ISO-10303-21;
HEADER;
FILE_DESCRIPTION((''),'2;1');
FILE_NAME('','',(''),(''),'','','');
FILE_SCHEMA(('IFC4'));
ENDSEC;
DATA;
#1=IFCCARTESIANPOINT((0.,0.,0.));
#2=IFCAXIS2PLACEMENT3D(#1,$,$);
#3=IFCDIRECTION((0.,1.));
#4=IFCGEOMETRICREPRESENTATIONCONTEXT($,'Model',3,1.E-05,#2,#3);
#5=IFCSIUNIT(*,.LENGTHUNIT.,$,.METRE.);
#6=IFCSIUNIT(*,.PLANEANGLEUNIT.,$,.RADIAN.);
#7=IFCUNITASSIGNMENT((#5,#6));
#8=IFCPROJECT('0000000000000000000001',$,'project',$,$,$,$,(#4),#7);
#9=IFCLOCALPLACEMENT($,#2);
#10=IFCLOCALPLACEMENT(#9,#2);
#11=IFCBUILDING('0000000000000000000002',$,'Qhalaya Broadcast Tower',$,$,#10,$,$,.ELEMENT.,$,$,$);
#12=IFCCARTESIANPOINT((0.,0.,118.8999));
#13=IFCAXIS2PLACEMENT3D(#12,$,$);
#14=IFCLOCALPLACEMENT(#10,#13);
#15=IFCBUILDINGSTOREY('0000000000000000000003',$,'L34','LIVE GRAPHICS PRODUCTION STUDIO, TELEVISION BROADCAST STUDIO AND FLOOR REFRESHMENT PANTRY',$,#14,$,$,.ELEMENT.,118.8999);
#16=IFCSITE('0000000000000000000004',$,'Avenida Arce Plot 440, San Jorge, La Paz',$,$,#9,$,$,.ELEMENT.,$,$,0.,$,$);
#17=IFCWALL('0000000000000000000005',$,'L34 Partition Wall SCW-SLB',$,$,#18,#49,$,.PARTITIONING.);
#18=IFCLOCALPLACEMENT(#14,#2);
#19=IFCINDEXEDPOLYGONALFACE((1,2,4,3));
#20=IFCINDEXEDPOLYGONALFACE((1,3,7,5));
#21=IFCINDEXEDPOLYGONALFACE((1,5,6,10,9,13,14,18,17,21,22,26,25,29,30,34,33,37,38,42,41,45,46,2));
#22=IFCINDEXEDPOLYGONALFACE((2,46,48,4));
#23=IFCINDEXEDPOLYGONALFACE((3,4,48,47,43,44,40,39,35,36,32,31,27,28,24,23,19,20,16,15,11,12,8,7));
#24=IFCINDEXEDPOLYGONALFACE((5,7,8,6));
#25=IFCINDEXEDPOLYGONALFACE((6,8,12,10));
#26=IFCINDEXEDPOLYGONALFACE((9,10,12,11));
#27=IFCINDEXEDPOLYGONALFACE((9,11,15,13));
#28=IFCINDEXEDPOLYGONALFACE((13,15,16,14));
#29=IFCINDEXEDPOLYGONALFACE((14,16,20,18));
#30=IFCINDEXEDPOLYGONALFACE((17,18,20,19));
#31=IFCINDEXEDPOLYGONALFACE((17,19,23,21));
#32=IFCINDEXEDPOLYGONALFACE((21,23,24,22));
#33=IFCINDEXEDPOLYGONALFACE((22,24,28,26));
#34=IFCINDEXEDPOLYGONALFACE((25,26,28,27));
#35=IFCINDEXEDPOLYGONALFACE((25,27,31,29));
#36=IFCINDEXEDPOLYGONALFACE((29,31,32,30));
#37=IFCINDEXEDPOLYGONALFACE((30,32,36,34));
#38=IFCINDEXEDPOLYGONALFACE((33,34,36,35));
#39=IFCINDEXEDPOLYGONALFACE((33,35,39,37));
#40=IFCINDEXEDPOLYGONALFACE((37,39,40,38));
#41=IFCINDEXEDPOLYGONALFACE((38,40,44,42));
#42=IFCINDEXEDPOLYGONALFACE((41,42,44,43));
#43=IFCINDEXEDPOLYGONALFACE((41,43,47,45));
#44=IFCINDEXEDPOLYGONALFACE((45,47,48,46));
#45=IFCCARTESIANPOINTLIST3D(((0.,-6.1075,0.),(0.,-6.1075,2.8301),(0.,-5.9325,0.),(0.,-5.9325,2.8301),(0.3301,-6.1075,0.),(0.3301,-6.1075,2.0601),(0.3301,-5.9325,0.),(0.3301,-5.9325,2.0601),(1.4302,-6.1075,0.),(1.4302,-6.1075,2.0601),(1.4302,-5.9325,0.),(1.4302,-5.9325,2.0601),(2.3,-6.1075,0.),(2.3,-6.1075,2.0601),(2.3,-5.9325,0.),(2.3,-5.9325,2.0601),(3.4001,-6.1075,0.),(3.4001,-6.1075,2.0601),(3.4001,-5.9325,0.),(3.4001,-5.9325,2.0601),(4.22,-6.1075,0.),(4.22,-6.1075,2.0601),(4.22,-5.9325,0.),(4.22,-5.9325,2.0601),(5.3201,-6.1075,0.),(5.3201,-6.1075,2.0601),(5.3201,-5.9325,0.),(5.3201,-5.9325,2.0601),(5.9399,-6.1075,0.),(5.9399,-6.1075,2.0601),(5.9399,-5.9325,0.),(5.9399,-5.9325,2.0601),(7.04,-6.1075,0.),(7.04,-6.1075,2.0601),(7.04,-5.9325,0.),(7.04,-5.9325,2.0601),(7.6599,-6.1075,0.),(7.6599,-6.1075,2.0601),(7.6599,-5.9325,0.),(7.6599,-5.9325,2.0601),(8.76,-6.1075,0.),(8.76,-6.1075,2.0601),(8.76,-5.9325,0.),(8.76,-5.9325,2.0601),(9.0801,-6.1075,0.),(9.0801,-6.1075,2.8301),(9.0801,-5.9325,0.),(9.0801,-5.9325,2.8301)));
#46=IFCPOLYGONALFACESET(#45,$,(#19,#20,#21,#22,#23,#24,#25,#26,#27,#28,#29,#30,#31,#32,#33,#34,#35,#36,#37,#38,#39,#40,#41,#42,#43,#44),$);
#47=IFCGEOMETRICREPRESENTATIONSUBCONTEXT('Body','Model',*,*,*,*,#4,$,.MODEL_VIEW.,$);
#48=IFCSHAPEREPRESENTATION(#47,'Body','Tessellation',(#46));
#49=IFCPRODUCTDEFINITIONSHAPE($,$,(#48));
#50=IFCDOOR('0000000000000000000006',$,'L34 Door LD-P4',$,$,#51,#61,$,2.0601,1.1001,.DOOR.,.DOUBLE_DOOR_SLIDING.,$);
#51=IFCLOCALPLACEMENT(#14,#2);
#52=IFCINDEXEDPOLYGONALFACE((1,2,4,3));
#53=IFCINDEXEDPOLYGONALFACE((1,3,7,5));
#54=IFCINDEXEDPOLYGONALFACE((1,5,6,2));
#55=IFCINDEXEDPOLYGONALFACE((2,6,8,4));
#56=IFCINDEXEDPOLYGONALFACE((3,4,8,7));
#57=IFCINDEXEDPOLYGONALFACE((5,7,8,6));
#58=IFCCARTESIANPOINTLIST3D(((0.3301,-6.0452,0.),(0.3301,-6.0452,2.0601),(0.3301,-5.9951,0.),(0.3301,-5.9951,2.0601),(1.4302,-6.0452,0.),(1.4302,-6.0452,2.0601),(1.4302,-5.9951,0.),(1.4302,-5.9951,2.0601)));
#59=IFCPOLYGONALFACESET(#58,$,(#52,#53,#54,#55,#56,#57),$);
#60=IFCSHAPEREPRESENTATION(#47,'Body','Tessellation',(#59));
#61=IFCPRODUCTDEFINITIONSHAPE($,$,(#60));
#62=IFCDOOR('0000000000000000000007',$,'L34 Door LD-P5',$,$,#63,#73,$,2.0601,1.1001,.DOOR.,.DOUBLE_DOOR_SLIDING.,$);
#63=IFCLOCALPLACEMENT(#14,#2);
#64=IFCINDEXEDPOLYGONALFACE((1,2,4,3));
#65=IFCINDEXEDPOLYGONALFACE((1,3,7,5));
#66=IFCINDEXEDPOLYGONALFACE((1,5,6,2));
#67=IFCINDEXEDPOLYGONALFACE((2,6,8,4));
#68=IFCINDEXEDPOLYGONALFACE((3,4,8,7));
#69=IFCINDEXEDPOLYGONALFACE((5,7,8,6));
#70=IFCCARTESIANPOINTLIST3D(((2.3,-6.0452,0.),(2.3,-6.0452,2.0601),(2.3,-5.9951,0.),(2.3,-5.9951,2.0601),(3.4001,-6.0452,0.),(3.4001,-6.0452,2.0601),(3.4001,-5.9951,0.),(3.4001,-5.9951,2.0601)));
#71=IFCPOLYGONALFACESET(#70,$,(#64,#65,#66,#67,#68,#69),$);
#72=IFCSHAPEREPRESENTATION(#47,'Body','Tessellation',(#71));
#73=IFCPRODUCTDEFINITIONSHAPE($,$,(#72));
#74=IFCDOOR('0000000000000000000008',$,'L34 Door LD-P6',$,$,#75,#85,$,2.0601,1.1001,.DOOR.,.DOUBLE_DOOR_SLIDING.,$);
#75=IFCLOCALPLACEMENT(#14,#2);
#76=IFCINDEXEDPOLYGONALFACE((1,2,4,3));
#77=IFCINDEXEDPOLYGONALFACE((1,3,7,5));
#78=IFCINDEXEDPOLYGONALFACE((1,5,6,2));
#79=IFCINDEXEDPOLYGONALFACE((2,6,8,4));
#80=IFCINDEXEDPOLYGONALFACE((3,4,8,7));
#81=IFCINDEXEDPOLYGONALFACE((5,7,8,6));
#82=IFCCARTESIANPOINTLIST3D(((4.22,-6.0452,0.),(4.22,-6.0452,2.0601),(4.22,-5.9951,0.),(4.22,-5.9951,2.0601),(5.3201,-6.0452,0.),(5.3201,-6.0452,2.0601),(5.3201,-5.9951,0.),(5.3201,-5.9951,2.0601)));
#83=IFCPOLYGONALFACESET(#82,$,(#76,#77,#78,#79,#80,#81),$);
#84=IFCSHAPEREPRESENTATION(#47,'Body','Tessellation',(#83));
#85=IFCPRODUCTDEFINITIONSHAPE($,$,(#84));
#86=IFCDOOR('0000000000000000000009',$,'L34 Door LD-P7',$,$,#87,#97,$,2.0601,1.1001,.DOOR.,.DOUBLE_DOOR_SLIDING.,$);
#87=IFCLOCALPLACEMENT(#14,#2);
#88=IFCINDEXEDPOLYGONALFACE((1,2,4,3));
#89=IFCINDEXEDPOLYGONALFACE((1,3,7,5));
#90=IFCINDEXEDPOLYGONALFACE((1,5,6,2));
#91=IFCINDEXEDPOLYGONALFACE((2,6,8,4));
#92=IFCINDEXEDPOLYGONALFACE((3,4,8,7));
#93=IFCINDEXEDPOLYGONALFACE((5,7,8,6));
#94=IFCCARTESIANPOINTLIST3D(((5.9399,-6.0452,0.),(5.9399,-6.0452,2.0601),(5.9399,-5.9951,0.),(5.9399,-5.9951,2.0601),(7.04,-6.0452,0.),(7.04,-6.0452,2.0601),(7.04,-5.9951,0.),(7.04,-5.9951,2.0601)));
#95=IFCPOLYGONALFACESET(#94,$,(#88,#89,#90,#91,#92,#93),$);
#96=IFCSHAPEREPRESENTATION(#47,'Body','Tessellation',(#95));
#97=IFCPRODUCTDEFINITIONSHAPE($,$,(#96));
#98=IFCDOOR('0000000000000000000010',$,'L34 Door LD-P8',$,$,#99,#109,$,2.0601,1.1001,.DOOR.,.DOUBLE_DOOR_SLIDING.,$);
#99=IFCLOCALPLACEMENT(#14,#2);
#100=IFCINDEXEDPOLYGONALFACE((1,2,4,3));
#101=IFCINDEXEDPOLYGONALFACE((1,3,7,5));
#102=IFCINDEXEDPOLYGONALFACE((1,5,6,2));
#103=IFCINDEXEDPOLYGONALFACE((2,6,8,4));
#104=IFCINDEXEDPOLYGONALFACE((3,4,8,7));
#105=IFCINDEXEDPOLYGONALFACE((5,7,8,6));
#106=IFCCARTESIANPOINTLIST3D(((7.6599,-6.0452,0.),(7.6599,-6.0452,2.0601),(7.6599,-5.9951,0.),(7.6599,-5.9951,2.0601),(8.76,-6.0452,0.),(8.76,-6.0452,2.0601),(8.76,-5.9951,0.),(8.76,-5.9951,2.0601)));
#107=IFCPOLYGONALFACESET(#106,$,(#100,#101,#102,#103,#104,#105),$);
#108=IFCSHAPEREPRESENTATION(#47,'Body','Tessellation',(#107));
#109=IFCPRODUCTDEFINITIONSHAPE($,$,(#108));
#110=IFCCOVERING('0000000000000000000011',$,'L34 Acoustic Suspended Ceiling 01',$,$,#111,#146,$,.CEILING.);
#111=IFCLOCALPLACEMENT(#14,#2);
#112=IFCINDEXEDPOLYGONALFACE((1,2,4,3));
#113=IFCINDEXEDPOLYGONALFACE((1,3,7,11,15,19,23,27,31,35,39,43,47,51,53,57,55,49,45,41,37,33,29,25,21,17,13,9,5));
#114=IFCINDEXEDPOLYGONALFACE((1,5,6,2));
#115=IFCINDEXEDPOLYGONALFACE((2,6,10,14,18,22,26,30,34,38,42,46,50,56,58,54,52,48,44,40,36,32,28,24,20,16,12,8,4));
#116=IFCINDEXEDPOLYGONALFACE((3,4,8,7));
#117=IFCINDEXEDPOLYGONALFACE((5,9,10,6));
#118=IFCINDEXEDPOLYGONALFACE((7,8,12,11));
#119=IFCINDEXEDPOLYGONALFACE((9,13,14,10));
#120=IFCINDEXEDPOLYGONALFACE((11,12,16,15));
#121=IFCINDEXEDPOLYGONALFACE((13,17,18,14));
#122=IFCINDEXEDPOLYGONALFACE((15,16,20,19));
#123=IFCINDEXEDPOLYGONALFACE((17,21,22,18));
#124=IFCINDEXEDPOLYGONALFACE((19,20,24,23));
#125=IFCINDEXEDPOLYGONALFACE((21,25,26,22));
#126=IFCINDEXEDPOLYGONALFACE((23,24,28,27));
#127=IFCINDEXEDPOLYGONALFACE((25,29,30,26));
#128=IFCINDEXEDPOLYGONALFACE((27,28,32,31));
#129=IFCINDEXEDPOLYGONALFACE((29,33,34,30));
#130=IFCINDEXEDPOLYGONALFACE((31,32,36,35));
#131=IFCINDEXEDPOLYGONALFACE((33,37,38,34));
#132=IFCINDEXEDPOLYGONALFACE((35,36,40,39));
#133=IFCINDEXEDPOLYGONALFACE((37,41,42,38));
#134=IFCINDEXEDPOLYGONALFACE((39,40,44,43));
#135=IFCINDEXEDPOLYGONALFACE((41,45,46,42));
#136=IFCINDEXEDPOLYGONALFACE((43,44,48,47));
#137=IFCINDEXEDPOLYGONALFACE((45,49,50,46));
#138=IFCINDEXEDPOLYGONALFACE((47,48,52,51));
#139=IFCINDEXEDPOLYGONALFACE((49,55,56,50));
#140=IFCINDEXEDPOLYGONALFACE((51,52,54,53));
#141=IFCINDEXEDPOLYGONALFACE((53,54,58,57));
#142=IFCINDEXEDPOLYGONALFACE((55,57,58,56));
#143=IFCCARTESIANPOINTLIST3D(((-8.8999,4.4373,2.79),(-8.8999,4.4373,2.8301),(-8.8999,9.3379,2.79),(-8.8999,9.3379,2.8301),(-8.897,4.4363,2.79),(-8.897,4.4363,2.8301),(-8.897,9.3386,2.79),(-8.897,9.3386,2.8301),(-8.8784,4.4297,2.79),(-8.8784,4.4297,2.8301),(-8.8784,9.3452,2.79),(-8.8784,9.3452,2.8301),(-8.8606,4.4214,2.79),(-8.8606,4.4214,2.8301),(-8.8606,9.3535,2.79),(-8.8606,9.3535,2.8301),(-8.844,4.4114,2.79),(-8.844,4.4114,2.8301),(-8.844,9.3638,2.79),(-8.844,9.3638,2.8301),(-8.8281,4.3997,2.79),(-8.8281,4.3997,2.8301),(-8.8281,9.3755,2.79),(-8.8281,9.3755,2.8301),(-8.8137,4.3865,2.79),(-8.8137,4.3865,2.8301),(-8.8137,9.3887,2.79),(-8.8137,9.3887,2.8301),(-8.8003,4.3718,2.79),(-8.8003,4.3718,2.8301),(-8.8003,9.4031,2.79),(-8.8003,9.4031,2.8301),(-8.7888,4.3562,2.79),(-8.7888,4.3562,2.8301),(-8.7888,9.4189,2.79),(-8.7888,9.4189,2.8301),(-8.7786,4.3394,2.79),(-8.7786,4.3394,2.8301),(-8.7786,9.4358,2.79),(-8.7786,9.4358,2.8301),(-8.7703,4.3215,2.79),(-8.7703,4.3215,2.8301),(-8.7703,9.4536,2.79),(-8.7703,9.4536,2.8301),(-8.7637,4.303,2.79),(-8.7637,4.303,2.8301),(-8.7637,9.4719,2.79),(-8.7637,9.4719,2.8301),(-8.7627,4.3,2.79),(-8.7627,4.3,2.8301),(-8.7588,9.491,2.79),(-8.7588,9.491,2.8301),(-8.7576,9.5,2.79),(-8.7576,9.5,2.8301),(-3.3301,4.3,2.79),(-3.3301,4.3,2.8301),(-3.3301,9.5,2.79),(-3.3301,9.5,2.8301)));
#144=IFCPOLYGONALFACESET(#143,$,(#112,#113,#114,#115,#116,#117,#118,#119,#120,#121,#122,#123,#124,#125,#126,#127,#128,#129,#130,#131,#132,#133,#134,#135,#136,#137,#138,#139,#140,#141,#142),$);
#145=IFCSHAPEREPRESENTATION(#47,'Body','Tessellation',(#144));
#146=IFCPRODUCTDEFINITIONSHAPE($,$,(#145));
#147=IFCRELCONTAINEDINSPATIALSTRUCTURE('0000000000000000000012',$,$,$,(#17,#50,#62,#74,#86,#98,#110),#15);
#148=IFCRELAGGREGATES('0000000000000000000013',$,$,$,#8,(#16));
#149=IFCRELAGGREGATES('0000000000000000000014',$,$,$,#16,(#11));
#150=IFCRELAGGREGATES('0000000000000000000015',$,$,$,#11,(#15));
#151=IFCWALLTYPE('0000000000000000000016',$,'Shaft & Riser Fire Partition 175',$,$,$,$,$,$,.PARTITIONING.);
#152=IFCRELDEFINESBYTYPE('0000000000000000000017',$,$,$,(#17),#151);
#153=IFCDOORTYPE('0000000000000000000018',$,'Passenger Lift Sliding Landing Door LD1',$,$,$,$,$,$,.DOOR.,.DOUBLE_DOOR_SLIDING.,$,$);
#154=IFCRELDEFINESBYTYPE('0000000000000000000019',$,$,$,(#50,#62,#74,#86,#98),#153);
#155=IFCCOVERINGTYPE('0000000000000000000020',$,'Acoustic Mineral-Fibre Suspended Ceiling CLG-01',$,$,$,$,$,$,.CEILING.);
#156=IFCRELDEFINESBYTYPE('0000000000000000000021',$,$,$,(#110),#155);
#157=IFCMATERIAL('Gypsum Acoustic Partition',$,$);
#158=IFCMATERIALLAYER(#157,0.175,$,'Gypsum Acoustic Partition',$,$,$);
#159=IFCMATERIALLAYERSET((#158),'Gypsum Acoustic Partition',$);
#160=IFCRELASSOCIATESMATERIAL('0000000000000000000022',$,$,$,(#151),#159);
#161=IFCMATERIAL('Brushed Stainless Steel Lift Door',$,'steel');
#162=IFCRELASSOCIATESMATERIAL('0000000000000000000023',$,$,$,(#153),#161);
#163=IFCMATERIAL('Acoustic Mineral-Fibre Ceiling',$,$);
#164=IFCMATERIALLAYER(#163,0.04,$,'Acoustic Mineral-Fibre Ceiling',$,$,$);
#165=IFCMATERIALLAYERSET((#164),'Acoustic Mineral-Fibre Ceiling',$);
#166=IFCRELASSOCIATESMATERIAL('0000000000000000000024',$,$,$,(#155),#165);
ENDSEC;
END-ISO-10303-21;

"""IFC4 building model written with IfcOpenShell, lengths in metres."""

from ifc_helpers import new_model, si_unit, direction, frame, frame_2d, origin, place, context, subcontext, project, spatial, polyline, rectangle, outline, extrude, material, layer, layer_set, type_object, element, fill, save


model = new_model("IFC4")

# Units and contexts
model_context = context("Model", 3, precision=1e-05, world=origin(), true_north=direction((0.0, 1.0)))
body_context = subcontext(model_context, "Body", "Model", "MODEL_VIEW")
ifc_project = project(units=[si_unit("LENGTHUNIT", "METRE"), si_unit("PLANEANGLEUNIT", "RADIAN")], contexts=[model_context])

# Site, building, storey
site_placement = place(None, origin())
site = spatial("IfcSite", under=ifc_project, at=site_placement, Name="Avenida Arce Plot 440, San Jorge, La Paz", CompositionType="ELEMENT", RefElevation=0.0)
building_placement = place(site_placement, origin())
building = spatial("IfcBuilding", under=site, at=building_placement, Name="Qhalaya Broadcast Tower", CompositionType="ELEMENT")
storey_placement = place(building_placement, frame((0.0, 0.0, 118.8999)))
storey = spatial("IfcBuildingStorey", under=building, at=storey_placement, Name="L34", Description="LIVE GRAPHICS PRODUCTION STUDIO, TELEVISION BROADCAST STUDIO AND FLOOR REFRESHMENT PANTRY", CompositionType="ELEMENT", Elevation=118.8999)

# Shared definitions
ifc_material_1 = material(Name="Gypsum Acoustic Partition")

# Wall, openings, doors
ifc_layer_1 = layer(ifc_material_1, 0.175, Name="Gypsum Acoustic Partition")
ifc_layer_set_1 = layer_set([ifc_layer_1], Name="Gypsum Acoustic Partition")
wall_type_1 = type_object("IfcWallType", Name="Shaft & Riser Fire Partition 175", PredefinedType="PARTITIONING", material=ifc_layer_set_1)
wall_1_placement = place(storey_placement, frame((0.0, -6.02, 0.0), z_axis=(0.0, 0.0, 1.0), x_axis=(1.0, 0.0, 0.0)))
wall_1 = element("IfcWall", 1, at=wall_1_placement, inside=storey, type_object=wall_type_1, Name="L34 Partition Wall SCW-SLB", PredefinedType="PARTITIONING", context=body_context, shape_type="SweptSolid", body=[
    extrude(rectangle(XDim=9.0801, YDim=0.175, at=frame_2d((4.54, 0.0))), origin(), (0.0, 0.0, 1.0), 2.8301),
])
opening_1_placement = place(wall_1_placement, frame((0.3301, 0.0, 0.0)))
opening_1 = element("IfcOpeningElement", 2, at=opening_1_placement, cuts=wall_1, PredefinedType="OPENING", context=body_context, shape_type="SweptSolid", body=[
    extrude(rectangle(XDim=1.1001, YDim=2.0601, at=frame_2d((0.55, 1.03))), frame((0.0, 0.0996, 0.0), z_axis=(0.0, -1.0, 0.0), x_axis=(1.0, 0.0, 0.0)), (0.0, 0.0, 1.0), 0.199),
])
opening_2_placement = place(wall_1_placement, frame((2.3, 0.0, 0.0)))
opening_2 = element("IfcOpeningElement", 3, at=opening_2_placement, cuts=wall_1, PredefinedType="OPENING", context=body_context, shape_type="SweptSolid", body=[
    extrude(rectangle(XDim=1.1001, YDim=2.0601, at=frame_2d((0.55, 1.03))), frame((0.0, 0.0996, 0.0), z_axis=(0.0, -1.0, 0.0), x_axis=(1.0, 0.0, 0.0)), (0.0, 0.0, 1.0), 0.199),
])
opening_3_placement = place(wall_1_placement, frame((4.22, 0.0, 0.0)))
opening_3 = element("IfcOpeningElement", 4, at=opening_3_placement, cuts=wall_1, PredefinedType="OPENING", context=body_context, shape_type="SweptSolid", body=[
    extrude(rectangle(XDim=1.1001, YDim=2.0601, at=frame_2d((0.55, 1.03))), frame((0.0, 0.0996, 0.0), z_axis=(0.0, -1.0, 0.0), x_axis=(1.0, 0.0, 0.0)), (0.0, 0.0, 1.0), 0.199),
])
opening_4_placement = place(wall_1_placement, frame((5.9399, 0.0, 0.0)))
opening_4 = element("IfcOpeningElement", 5, at=opening_4_placement, cuts=wall_1, PredefinedType="OPENING", context=body_context, shape_type="SweptSolid", body=[
    extrude(rectangle(XDim=1.1001, YDim=2.0601, at=frame_2d((0.55, 1.03))), frame((0.0, 0.0996, 0.0), z_axis=(0.0, -1.0, 0.0), x_axis=(1.0, 0.0, 0.0)), (0.0, 0.0, 1.0), 0.199),
])
opening_5_placement = place(wall_1_placement, frame((7.6599, 0.0, 0.0)))
opening_5 = element("IfcOpeningElement", 6, at=opening_5_placement, cuts=wall_1, PredefinedType="OPENING", context=body_context, shape_type="SweptSolid", body=[
    extrude(rectangle(XDim=1.1001, YDim=2.0601, at=frame_2d((0.55, 1.03))), frame((0.0, 0.0996, 0.0), z_axis=(0.0, -1.0, 0.0), x_axis=(1.0, 0.0, 0.0)), (0.0, 0.0, 1.0), 0.199),
])
ifc_material_2 = material(Name="Brushed Stainless Steel Lift Door", Category="steel")
door_type = type_object("IfcDoorType", Name="Passenger Lift Sliding Landing Door LD1", OperationType="DOUBLE_DOOR_SLIDING", PredefinedType="DOOR", material=ifc_material_2)
door_1_placement = place(opening_1_placement, origin())
door_1 = element("IfcDoor", 7, at=door_1_placement, inside=storey, type_object=door_type, Name="L34 Door LD-P4", OperationType="DOUBLE_DOOR_SLIDING", OverallHeight=2.0601, OverallWidth=1.1001, PredefinedType="DOOR", context=body_context, shape_type="SweptSolid", body=[
    extrude(rectangle(XDim=1.1001, YDim=2.0601, at=frame_2d((0.55, 1.03))), frame((0.0, 0.0249, 0.0), z_axis=(0.0, -1.0, 0.0), x_axis=(1.0, 0.0, 0.0)), (0.0, 0.0, 1.0), 0.05),
])
fill(opening_1, door_1)
door_2_placement = place(opening_2_placement, origin())
door_2 = element("IfcDoor", 8, at=door_2_placement, inside=storey, type_object=door_type, Name="L34 Door LD-P5", OperationType="DOUBLE_DOOR_SLIDING", OverallHeight=2.0601, OverallWidth=1.1001, PredefinedType="DOOR", context=body_context, shape_type="SweptSolid", body=[
    extrude(rectangle(XDim=1.1001, YDim=2.0601, at=frame_2d((0.55, 1.03))), frame((0.0, 0.0249, 0.0), z_axis=(0.0, -1.0, 0.0), x_axis=(1.0, 0.0, 0.0)), (0.0, 0.0, 1.0), 0.05),
])
fill(opening_2, door_2)
door_3_placement = place(opening_3_placement, origin())
door_3 = element("IfcDoor", 9, at=door_3_placement, inside=storey, type_object=door_type, Name="L34 Door LD-P6", OperationType="DOUBLE_DOOR_SLIDING", OverallHeight=2.0601, OverallWidth=1.1001, PredefinedType="DOOR", context=body_context, shape_type="SweptSolid", body=[
    extrude(rectangle(XDim=1.1001, YDim=2.0601, at=frame_2d((0.55, 1.03))), frame((0.0, 0.0249, 0.0), z_axis=(0.0, -1.0, 0.0), x_axis=(1.0, 0.0, 0.0)), (0.0, 0.0, 1.0), 0.05),
])
fill(opening_3, door_3)
door_4_placement = place(opening_4_placement, origin())
door_4 = element("IfcDoor", 10, at=door_4_placement, inside=storey, type_object=door_type, Name="L34 Door LD-P7", OperationType="DOUBLE_DOOR_SLIDING", OverallHeight=2.0601, OverallWidth=1.1001, PredefinedType="DOOR", context=body_context, shape_type="SweptSolid", body=[
    extrude(rectangle(XDim=1.1001, YDim=2.0601, at=frame_2d((0.55, 1.03))), frame((0.0, 0.0249, 0.0), z_axis=(0.0, -1.0, 0.0), x_axis=(1.0, 0.0, 0.0)), (0.0, 0.0, 1.0), 0.05),
])
fill(opening_4, door_4)
door_5_placement = place(opening_5_placement, origin())
door_5 = element("IfcDoor", 11, at=door_5_placement, inside=storey, type_object=door_type, Name="L34 Door LD-P8", OperationType="DOUBLE_DOOR_SLIDING", OverallHeight=2.0601, OverallWidth=1.1001, PredefinedType="DOOR", context=body_context, shape_type="SweptSolid", body=[
    extrude(rectangle(XDim=1.1001, YDim=2.0601, at=frame_2d((0.55, 1.03))), frame((0.0, 0.0249, 0.0), z_axis=(0.0, -1.0, 0.0), x_axis=(1.0, 0.0, 0.0)), (0.0, 0.0, 1.0), 0.05),
])
fill(opening_5, door_5)

# Covering
ifc_material_3 = material(Name="Acoustic Mineral-Fibre Ceiling")
ifc_layer_2 = layer(ifc_material_3, 0.04, Name="Acoustic Mineral-Fibre Ceiling")
ifc_layer_set_2 = layer_set([ifc_layer_2], Name="Acoustic Mineral-Fibre Ceiling")
covering_type = type_object("IfcCoveringType", Name="Acoustic Mineral-Fibre Suspended Ceiling CLG-01", PredefinedType="CEILING", material=ifc_layer_set_2)
covering_1_placement = place(storey_placement, frame((0.0, 0.0, 2.79)))
element("IfcCovering", 12, at=covering_1_placement, inside=storey, type_object=covering_type, Name="L34 Acoustic Suspended Ceiling 01", PredefinedType="CEILING", context=body_context, shape_type="SweptSolid", body=[
    extrude(outline(polyline([(-8.897, 9.3386), (-8.8999, 9.3379), (-8.8999, 4.4373), (-8.897, 4.4363), (-8.8784, 4.4297), (-8.8606, 4.4214), (-8.844, 4.4114), (-8.8281, 4.3997), (-8.8137, 4.3865), (-8.8003, 4.3718), (-8.7888, 4.3562), (-8.7786, 4.3394), (-8.7703, 4.3215), (-8.7637, 4.303), (-8.7627, 4.3), (-3.3301, 4.3), (-3.3301, 9.5), (-8.7576, 9.5), (-8.7588, 9.491), (-8.7637, 9.4719), (-8.7703, 9.4536), (-8.7786, 9.4358), (-8.7888, 9.4189), (-8.8003, 9.4031), (-8.8137, 9.3887), (-8.8281, 9.3755), (-8.844, 9.3638), (-8.8606, 9.3535), (-8.8784, 9.3452), (-8.897, 9.3386)])), origin(), (0.0, 0.0, 1.0), 0.04),
])

save(model, "model.ifc")
